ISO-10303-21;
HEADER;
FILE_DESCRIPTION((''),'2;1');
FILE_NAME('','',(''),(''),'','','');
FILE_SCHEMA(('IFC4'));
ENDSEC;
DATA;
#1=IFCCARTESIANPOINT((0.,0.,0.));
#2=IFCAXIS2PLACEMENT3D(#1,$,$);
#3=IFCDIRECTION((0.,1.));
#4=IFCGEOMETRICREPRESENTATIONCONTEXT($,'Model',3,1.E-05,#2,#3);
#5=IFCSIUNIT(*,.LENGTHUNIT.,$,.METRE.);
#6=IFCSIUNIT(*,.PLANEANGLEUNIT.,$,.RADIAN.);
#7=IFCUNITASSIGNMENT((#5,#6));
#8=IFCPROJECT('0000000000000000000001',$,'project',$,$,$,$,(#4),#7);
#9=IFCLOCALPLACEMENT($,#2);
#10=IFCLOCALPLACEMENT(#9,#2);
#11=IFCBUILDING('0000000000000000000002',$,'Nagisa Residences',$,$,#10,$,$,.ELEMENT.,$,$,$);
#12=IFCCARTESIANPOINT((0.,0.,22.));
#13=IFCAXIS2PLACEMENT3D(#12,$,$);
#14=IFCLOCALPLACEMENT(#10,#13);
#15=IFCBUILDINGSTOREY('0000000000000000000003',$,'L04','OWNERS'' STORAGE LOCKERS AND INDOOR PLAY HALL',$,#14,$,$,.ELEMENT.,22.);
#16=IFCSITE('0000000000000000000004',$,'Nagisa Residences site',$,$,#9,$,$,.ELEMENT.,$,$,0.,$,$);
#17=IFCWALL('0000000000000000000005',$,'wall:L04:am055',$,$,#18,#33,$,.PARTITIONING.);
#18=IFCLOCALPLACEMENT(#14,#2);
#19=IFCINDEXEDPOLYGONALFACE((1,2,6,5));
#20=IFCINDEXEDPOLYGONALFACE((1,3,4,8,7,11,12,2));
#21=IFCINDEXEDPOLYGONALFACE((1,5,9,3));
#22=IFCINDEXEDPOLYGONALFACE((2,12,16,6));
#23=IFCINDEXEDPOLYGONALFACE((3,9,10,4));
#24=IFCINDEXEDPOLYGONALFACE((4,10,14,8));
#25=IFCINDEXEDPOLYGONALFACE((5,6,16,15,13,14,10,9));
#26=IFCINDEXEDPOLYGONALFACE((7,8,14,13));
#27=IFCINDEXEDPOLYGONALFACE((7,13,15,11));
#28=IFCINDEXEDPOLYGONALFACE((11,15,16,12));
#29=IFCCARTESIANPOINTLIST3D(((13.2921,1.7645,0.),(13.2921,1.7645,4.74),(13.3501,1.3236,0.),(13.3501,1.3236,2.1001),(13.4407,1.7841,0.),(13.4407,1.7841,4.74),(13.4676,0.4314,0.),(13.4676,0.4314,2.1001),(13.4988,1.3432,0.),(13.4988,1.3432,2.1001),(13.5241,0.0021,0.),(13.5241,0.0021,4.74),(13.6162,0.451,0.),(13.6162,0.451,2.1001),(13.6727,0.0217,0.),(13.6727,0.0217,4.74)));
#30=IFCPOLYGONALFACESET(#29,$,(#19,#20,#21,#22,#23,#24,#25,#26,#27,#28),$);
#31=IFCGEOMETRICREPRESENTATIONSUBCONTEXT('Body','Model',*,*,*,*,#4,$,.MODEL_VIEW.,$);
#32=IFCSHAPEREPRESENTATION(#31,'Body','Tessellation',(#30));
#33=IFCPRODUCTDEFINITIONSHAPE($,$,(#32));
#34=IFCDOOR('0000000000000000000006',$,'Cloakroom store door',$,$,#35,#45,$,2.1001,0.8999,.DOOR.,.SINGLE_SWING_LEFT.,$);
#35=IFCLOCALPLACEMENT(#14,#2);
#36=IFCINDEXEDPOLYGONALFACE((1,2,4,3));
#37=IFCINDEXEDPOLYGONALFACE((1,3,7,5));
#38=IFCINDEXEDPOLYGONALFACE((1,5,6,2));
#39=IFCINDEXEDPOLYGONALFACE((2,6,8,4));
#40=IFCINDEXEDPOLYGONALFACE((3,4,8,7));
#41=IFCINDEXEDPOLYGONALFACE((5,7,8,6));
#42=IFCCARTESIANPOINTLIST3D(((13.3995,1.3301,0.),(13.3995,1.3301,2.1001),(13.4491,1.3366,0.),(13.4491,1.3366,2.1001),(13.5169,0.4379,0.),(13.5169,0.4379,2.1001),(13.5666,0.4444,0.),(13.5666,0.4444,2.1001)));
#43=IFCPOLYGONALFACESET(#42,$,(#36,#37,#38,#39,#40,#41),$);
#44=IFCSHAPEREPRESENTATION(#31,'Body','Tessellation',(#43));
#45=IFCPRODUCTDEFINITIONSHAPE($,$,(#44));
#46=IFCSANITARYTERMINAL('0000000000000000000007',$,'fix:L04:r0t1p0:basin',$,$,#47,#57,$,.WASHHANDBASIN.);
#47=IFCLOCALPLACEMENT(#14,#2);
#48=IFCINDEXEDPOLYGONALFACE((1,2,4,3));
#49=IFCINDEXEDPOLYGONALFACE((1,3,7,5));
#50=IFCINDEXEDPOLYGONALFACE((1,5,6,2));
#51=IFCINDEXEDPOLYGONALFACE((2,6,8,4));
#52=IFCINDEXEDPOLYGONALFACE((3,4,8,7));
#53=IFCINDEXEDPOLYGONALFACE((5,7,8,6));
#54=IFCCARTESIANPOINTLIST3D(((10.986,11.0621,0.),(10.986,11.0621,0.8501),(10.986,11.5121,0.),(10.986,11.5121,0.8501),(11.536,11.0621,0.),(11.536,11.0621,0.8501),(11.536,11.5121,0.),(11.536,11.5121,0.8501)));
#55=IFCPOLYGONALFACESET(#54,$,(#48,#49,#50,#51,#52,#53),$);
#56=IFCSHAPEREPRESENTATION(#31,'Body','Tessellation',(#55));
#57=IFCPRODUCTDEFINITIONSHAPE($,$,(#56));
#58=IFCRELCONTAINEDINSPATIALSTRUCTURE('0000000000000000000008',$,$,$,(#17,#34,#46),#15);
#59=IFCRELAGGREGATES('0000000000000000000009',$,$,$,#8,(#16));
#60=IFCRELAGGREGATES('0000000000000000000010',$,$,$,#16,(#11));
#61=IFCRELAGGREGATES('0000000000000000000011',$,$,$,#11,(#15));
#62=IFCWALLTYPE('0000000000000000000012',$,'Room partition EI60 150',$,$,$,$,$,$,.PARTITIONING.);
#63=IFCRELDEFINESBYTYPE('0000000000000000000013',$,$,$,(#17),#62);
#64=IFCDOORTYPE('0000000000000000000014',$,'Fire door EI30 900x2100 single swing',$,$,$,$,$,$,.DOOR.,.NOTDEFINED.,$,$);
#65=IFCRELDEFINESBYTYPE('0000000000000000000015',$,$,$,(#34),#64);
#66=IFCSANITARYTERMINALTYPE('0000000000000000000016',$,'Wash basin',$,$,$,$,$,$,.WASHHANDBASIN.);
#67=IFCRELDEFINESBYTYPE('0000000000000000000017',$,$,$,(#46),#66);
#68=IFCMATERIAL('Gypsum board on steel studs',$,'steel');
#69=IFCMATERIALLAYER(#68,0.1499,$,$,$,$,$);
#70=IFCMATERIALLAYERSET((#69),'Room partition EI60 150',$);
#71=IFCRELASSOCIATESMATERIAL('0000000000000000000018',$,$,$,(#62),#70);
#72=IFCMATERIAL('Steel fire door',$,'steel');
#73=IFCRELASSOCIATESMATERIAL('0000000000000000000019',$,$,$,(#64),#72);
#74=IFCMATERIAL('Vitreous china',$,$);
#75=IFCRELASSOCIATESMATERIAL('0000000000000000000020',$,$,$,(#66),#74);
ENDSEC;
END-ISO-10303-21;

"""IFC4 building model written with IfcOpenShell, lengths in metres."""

from ifc_helpers import new_model, si_unit, direction, frame, frame_2d, origin, origin_2d, place, context, subcontext, project, spatial, rectangle, extrude, material, layer, layer_set, type_object, element, fill, save


model = new_model("IFC4")

# Units and contexts
model_context = context("Model", 3, precision=1e-05, world=origin(), true_north=direction((0.0, 1.0)))
body_context = subcontext(model_context, "Body", "Model", "MODEL_VIEW")
ifc_project = project(units=[si_unit("LENGTHUNIT", "METRE"), si_unit("PLANEANGLEUNIT", "RADIAN")], contexts=[model_context])

# Site, building, storey
site_placement = place(None, origin())
site = spatial("IfcSite", under=ifc_project, at=site_placement, Name="Nagisa Residences site", CompositionType="ELEMENT", RefElevation=0.0)
building_placement = place(site_placement, origin())
building = spatial("IfcBuilding", under=site, at=building_placement, Name="Nagisa Residences", CompositionType="ELEMENT")
storey_placement = place(building_placement, frame((0.0, 0.0, 22.0)))
storey = spatial("IfcBuildingStorey", under=building, at=storey_placement, Name="L04", Description="OWNERS' STORAGE LOCKERS AND INDOOR PLAY HALL", CompositionType="ELEMENT", Elevation=22.0)

# Shared definitions
ifc_material_1 = material(Name="Gypsum board on steel studs", Category="steel")
ifc_layer_1 = layer(ifc_material_1, 0.1499)
ifc_layer_set_1 = layer_set([ifc_layer_1], Name="Room partition EI60 150")
wall_type = type_object("IfcWallType", Name="Room partition EI60 150", PredefinedType="PARTITIONING", material=ifc_layer_set_1)

# Shared definitions
ifc_material_2 = material(Name="Steel fire door", Category="steel")
door_type = type_object("IfcDoorType", Name="Fire door EI30 900x2100 single swing", OperationType="NOTDEFINED", PredefinedType="DOOR", material=ifc_material_2)

# Wall, opening, door
wall_1_placement = place(storey_placement, frame((13.3665, 1.7742, 0.0), z_axis=(0.0, 0.0, 1.0), x_axis=(0.130472, -0.991452, 0.0)))
wall_1 = element("IfcWall", 1, at=wall_1_placement, inside=storey, type_object=wall_type, Name="wall:L04:am055", PredefinedType="PARTITIONING", context=body_context, shape_type="SweptSolid", body=[
    extrude(rectangle(XDim=1.7776, YDim=0.1499, at=frame_2d((0.8887, 0.0))), origin(), (0.0, 0.0, 1.0), 4.74),
])
opening_1_placement = place(wall_1_placement, frame((0.4446, 0.0, 0.0)))
opening_1 = element("IfcOpeningElement", 2, at=opening_1_placement, cuts=wall_1, PredefinedType="OPENING", context=body_context, shape_type="SweptSolid", body=[
    extrude(rectangle(XDim=0.8999, YDim=2.1001, at=frame_2d((0.45, 1.05))), frame((0.0, 0.085, 0.0), z_axis=(0.0, -1.0, 0.0), x_axis=(1.0, 0.0, 0.0)), (0.0, 0.0, 1.0), 0.1699),
])
door_1_placement = place(opening_1_placement, origin())
door_1 = element("IfcDoor", 3, at=door_1_placement, inside=storey, type_object=door_type, Name="Cloakroom store door", OperationType="SINGLE_SWING_LEFT", OverallHeight=2.1001, OverallWidth=0.8999, PredefinedType="DOOR", context=body_context, shape_type="SweptSolid", body=[
    extrude(rectangle(XDim=0.8999, YDim=2.1001, at=frame_2d((0.45, 1.05))), frame((0.0, 0.0249, 0.0), z_axis=(0.0, -1.0, 0.0), x_axis=(1.0, 0.0, 0.0)), (0.0, 0.0, 1.0), 0.05),
])
fill(opening_1, door_1)

# Sanitary terminal
ifc_material_3 = material(Name="Vitreous china")
sanitary_terminal_type = type_object("IfcSanitaryTerminalType", Name="Wash basin", PredefinedType="WASHHANDBASIN", material=ifc_material_3)
sanitary_terminal_placement = place(storey_placement, frame((11.261, 11.2871, 0.0), z_axis=(0.0, 0.0, 1.0), x_axis=(1.0, 0.0, 0.0)))
element("IfcSanitaryTerminal", 4, at=sanitary_terminal_placement, inside=storey, type_object=sanitary_terminal_type, Name="fix:L04:r0t1p0:basin", PredefinedType="WASHHANDBASIN", context=body_context, shape_type="SweptSolid", body=[
    extrude(rectangle(XDim=0.55, YDim=0.45, at=origin_2d()), origin(), (0.0, 0.0, 1.0), 0.8501),
])

save(model, "model.ifc")
